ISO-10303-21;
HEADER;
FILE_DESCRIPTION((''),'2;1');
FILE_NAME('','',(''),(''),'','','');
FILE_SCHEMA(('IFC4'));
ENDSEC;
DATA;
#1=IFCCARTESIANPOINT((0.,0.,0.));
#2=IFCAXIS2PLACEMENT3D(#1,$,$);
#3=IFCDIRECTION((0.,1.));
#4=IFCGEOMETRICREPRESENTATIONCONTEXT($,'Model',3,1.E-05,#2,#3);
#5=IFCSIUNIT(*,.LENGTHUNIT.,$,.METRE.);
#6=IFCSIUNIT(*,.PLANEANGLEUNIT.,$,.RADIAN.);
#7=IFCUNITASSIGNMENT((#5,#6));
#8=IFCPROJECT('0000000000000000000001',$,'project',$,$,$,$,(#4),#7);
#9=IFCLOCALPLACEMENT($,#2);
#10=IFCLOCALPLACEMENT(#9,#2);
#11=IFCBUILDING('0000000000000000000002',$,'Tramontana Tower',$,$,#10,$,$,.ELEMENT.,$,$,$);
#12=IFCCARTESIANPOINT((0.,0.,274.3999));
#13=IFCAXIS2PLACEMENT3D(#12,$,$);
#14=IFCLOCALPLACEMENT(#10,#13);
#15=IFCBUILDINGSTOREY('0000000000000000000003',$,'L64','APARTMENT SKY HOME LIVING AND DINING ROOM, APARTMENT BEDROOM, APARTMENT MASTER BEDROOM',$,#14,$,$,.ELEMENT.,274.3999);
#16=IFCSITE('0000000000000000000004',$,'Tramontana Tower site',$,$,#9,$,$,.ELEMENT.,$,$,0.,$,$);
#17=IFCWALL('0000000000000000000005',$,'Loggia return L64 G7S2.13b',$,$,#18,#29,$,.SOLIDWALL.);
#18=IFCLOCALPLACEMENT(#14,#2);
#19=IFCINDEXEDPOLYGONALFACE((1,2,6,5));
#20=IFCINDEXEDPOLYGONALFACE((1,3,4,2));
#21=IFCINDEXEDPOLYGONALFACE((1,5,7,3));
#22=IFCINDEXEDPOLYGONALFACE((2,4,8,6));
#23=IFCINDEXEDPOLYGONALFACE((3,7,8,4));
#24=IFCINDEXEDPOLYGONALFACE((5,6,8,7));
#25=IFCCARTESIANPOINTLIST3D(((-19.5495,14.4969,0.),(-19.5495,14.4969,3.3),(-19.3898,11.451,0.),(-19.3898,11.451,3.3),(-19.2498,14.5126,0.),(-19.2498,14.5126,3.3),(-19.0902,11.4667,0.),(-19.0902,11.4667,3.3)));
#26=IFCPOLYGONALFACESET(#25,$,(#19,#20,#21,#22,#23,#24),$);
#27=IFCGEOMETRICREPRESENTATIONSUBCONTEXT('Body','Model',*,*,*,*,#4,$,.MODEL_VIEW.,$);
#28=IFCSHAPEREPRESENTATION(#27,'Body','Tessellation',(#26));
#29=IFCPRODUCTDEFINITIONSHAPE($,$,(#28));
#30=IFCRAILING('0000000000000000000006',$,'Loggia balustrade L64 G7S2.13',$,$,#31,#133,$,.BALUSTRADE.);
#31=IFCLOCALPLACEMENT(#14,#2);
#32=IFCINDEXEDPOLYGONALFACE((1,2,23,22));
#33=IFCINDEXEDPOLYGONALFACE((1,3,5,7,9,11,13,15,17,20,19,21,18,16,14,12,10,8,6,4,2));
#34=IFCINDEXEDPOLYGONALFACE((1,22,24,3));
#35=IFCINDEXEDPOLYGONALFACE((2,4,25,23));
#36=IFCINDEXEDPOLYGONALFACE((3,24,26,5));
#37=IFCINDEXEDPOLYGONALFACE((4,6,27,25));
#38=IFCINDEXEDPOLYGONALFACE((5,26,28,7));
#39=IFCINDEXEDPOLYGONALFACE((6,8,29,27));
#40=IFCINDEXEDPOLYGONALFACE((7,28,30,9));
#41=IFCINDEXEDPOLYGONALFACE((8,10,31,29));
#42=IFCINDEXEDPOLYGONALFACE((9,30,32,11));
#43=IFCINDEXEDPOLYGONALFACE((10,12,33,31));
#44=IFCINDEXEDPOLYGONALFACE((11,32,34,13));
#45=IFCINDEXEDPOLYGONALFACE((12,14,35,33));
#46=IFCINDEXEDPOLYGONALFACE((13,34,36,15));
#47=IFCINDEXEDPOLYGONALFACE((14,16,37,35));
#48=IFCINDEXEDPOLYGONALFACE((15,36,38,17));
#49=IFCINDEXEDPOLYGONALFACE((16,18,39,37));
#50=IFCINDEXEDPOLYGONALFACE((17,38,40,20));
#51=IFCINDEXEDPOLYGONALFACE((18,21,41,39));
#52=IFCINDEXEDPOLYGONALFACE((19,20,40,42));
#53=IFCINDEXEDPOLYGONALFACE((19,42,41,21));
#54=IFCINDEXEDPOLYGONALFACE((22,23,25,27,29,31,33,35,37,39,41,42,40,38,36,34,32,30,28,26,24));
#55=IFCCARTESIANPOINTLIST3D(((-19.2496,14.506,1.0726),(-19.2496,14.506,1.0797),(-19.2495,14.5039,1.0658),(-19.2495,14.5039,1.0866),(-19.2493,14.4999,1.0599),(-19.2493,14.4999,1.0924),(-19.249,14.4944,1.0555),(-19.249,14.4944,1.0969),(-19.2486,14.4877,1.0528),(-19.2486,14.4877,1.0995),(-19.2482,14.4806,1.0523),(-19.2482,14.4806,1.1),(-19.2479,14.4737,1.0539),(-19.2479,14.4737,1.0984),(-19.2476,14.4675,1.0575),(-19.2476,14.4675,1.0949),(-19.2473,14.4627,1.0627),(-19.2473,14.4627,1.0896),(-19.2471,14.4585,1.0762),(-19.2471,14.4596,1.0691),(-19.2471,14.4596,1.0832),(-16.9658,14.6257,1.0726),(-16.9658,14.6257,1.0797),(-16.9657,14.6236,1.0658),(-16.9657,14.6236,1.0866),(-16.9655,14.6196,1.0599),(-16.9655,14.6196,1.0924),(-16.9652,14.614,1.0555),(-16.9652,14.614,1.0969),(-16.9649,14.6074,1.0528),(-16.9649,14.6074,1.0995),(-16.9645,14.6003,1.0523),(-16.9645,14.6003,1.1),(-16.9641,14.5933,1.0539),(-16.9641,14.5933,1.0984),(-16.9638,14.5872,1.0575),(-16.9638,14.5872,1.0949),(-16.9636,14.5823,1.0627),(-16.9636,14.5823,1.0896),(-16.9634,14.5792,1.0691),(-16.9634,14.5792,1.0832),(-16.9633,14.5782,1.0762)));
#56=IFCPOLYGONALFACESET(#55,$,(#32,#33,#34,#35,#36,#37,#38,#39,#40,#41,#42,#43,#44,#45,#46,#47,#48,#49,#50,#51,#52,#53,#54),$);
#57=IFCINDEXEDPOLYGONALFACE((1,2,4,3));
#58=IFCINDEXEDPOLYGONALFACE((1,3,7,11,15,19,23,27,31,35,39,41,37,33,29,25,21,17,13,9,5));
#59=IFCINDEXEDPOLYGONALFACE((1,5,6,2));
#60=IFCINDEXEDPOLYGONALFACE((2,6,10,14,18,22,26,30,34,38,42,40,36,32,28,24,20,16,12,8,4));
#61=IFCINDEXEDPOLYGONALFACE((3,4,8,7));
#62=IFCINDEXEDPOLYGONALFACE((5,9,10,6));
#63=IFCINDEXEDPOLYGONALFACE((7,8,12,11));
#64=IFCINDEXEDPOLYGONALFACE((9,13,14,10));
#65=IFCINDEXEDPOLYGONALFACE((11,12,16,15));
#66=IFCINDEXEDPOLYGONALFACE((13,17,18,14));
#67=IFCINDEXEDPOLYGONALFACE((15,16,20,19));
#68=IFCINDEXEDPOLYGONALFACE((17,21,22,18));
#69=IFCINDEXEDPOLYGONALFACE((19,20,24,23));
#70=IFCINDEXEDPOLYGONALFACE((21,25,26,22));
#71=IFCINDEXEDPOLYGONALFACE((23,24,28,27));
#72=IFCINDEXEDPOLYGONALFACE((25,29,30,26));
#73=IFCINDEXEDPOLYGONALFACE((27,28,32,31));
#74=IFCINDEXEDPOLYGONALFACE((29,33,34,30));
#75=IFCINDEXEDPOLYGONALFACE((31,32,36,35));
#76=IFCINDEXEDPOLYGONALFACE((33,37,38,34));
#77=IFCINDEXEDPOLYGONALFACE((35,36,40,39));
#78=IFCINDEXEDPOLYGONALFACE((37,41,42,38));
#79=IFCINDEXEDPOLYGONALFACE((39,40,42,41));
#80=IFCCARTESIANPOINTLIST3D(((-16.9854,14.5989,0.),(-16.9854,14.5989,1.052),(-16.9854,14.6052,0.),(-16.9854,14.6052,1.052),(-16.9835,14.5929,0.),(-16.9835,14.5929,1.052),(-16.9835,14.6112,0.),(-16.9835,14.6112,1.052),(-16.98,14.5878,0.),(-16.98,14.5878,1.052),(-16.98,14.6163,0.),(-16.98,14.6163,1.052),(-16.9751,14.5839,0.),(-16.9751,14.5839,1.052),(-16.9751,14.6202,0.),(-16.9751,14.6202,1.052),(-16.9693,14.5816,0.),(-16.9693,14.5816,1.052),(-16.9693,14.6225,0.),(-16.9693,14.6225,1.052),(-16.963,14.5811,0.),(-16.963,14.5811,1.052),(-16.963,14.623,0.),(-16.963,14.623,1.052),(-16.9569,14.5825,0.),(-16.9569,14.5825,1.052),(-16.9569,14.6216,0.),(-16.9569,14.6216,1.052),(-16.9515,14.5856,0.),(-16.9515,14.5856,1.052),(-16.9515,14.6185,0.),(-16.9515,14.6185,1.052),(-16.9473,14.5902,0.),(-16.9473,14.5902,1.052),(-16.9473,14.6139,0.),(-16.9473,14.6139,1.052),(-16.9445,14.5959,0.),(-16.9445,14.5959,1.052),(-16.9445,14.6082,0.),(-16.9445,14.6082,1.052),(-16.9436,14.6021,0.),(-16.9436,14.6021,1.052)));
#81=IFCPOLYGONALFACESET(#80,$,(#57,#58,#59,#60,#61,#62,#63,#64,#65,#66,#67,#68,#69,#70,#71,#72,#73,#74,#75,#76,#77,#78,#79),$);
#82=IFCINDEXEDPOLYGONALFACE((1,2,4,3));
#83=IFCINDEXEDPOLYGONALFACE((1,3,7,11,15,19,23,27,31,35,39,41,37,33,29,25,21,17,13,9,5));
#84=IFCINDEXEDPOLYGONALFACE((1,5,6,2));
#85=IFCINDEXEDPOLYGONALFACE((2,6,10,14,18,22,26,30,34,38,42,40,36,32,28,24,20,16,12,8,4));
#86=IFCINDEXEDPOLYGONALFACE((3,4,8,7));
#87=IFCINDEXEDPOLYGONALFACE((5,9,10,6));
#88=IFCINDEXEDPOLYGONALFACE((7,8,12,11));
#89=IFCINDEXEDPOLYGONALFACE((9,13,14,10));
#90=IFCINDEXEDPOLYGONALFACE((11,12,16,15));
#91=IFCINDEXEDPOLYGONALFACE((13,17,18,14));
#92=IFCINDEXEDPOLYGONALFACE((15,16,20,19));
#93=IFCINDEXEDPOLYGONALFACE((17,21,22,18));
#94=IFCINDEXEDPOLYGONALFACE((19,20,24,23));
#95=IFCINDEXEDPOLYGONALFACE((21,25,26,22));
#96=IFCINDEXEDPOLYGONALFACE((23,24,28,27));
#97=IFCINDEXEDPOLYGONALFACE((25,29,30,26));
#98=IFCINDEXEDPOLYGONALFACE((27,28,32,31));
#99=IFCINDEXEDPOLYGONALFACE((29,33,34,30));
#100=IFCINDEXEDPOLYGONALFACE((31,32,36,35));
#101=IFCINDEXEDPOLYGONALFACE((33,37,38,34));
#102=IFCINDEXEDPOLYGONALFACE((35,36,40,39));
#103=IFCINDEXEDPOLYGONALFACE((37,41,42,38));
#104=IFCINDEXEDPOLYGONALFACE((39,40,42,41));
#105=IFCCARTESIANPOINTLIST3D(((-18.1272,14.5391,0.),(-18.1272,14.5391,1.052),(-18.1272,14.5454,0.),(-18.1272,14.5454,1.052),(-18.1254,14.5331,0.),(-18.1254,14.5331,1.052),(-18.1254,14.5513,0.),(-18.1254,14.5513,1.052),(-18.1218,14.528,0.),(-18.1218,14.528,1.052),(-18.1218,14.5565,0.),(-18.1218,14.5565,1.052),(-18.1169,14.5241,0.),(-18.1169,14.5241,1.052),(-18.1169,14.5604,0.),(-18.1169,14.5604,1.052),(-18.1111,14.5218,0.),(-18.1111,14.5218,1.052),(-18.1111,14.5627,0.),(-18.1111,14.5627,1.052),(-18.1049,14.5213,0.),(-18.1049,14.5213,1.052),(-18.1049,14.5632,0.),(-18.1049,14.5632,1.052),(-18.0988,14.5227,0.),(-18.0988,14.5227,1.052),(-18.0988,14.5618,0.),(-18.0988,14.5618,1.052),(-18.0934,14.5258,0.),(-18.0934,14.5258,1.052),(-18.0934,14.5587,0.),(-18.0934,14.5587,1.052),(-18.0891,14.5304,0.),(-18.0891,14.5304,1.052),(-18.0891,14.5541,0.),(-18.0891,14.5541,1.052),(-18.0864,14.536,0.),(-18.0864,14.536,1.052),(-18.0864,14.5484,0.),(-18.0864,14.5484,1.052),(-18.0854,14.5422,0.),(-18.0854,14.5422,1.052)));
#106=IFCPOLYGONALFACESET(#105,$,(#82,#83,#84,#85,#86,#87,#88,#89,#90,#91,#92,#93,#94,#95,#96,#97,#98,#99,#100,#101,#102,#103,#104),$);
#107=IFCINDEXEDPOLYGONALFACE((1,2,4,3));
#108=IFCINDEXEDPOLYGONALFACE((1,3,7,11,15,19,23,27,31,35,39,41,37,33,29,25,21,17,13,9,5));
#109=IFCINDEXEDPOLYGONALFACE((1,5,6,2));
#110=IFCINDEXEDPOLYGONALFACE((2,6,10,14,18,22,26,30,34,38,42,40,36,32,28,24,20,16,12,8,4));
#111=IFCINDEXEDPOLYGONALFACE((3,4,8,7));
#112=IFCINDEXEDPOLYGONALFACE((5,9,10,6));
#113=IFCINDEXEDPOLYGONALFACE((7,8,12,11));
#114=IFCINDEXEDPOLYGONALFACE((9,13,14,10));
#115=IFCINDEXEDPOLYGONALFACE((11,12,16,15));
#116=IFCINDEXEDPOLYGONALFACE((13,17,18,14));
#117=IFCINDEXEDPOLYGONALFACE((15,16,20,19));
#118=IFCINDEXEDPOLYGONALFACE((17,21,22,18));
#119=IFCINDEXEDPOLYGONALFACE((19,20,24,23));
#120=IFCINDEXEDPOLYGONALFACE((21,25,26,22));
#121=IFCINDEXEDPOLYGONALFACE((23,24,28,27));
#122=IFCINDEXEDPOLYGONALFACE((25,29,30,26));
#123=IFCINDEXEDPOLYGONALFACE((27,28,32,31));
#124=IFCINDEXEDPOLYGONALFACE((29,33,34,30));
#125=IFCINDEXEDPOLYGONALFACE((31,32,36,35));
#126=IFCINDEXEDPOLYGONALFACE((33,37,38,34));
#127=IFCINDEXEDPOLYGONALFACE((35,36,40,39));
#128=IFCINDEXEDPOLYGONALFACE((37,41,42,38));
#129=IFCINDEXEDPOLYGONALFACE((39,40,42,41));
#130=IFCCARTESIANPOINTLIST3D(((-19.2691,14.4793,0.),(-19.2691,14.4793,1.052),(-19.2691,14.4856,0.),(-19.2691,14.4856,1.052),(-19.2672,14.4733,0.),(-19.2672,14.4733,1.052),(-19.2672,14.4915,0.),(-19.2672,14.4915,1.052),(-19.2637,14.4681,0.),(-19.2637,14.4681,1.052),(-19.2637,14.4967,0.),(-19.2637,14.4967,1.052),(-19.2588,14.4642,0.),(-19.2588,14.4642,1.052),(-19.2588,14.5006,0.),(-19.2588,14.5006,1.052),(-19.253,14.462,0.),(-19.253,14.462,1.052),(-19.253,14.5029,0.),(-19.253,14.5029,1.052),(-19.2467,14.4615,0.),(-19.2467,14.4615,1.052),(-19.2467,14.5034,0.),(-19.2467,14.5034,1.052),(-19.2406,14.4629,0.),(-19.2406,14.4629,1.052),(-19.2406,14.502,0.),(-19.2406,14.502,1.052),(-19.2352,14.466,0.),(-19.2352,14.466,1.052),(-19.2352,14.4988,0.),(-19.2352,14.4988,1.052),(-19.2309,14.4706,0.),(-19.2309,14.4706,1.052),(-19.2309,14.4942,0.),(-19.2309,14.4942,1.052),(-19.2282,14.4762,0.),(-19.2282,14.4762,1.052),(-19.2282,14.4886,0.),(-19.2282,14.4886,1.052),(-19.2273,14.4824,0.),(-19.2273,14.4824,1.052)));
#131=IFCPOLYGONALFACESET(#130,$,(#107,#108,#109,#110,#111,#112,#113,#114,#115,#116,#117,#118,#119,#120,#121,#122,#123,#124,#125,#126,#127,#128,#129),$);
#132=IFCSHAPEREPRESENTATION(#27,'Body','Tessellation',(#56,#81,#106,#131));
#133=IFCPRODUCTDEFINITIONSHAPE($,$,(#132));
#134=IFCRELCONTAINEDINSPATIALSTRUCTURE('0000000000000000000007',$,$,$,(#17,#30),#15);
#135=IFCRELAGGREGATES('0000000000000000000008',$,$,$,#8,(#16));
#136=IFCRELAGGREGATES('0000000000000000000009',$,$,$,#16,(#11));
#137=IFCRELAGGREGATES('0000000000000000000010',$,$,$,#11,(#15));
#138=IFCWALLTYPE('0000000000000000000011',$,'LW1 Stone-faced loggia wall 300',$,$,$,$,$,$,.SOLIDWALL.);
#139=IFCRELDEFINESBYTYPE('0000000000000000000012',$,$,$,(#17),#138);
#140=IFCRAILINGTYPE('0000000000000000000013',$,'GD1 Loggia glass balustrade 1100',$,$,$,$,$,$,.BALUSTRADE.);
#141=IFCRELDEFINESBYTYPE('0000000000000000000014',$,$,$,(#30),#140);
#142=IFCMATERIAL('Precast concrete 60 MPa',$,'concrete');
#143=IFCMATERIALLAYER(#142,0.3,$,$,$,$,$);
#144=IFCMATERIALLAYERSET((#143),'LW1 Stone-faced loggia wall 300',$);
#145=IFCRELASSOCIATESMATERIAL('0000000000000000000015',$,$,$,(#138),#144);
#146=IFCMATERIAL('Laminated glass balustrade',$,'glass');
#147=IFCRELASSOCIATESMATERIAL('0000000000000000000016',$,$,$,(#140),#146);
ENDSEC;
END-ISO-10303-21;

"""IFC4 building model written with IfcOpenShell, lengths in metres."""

from ifc_helpers import new_model, si_unit, direction, frame, frame_2d, origin, origin_2d, place, context, subcontext, project, spatial, rectangle, circle, extrude, material, layer, layer_set, type_object, element, save


model = new_model("IFC4")

# Units and contexts
model_context = context("Model", 3, precision=1e-05, world=origin(), true_north=direction((0.0, 1.0)))
body_context = subcontext(model_context, "Body", "Model", "MODEL_VIEW")
ifc_project = project(units=[si_unit("LENGTHUNIT", "METRE"), si_unit("PLANEANGLEUNIT", "RADIAN")], contexts=[model_context])

# Site, building, storey
site_placement = place(None, origin())
site = spatial("IfcSite", under=ifc_project, at=site_placement, Name="Tramontana Tower site", CompositionType="ELEMENT", RefElevation=0.0)
building_placement = place(site_placement, origin())
building = spatial("IfcBuilding", under=site, at=building_placement, Name="Tramontana Tower", CompositionType="ELEMENT")
storey_placement = place(building_placement, frame((0.0, 0.0, 274.3999)))
storey = spatial("IfcBuildingStorey", under=building, at=storey_placement, Name="L64", Description="APARTMENT SKY HOME LIVING AND DINING ROOM, APARTMENT BEDROOM, APARTMENT MASTER BEDROOM", CompositionType="ELEMENT", Elevation=274.3999)

# Shared definitions
ifc_material_1 = material(Name="Precast concrete 60 MPa", Category="concrete")
ifc_layer_1 = layer(ifc_material_1, 0.3)
ifc_layer_set_1 = layer_set([ifc_layer_1], Name="LW1 Stone-faced loggia wall 300")
wall_type_1 = type_object("IfcWallType", Name="LW1 Stone-faced loggia wall 300", PredefinedType="SOLIDWALL", material=ifc_layer_set_1)

# Wall
wall_1_placement = place(storey_placement, frame((-19.3997, 14.5046, 0.0), z_axis=(0.0, 0.0, 1.0), x_axis=(0.052349, -0.998629, 0.0)))
element("IfcWall", 1, at=wall_1_placement, inside=storey, type_object=wall_type_1, Name="Loggia return L64 G7S2.13b", PredefinedType="SOLIDWALL", context=body_context, shape_type="SweptSolid", body=[
    extrude(rectangle(XDim=3.05, YDim=0.3, at=frame_2d((1.5249, 0.0))), origin(), (0.0, 0.0, 1.0), 3.3),
])

# Railing
ifc_material_2 = material(Name="Laminated glass balustrade", Category="glass")
railing_type = type_object("IfcRailingType", Name="GD1 Loggia glass balustrade 1100", PredefinedType="BALUSTRADE", material=ifc_material_2)
railing_1_placement = place(storey_placement, frame((-16.9646, 14.6021, 0.0)))
element("IfcRailing", 2, at=railing_1_placement, inside=storey, type_object=railing_type, Name="Loggia balustrade L64 G7S2.13", PredefinedType="BALUSTRADE", context=body_context, shape_type="SweptSolid", body=[
    extrude(circle(Radius=0.0239, at=origin_2d()), frame((0.0, 0.0, 1.0762), z_axis=(-0.998631, -0.052312, 0.0), x_axis=(0.052312, -0.998631, 0.0)), (0.0, 0.0, 1.0), 2.2869),
    extrude(circle(Radius=0.021, at=origin_2d()), origin(), (0.0, 0.0, 1.0), 1.052),
    extrude(circle(Radius=0.021, at=origin_2d()), frame((-1.1418, -0.0598, 0.0)), (0.0, 0.0, 1.0), 1.052),
    extrude(circle(Radius=0.021, at=origin_2d()), frame((-2.2837, -0.1196, 0.0)), (0.0, 0.0, 1.0), 1.052),
])

save(model, "model.ifc")
